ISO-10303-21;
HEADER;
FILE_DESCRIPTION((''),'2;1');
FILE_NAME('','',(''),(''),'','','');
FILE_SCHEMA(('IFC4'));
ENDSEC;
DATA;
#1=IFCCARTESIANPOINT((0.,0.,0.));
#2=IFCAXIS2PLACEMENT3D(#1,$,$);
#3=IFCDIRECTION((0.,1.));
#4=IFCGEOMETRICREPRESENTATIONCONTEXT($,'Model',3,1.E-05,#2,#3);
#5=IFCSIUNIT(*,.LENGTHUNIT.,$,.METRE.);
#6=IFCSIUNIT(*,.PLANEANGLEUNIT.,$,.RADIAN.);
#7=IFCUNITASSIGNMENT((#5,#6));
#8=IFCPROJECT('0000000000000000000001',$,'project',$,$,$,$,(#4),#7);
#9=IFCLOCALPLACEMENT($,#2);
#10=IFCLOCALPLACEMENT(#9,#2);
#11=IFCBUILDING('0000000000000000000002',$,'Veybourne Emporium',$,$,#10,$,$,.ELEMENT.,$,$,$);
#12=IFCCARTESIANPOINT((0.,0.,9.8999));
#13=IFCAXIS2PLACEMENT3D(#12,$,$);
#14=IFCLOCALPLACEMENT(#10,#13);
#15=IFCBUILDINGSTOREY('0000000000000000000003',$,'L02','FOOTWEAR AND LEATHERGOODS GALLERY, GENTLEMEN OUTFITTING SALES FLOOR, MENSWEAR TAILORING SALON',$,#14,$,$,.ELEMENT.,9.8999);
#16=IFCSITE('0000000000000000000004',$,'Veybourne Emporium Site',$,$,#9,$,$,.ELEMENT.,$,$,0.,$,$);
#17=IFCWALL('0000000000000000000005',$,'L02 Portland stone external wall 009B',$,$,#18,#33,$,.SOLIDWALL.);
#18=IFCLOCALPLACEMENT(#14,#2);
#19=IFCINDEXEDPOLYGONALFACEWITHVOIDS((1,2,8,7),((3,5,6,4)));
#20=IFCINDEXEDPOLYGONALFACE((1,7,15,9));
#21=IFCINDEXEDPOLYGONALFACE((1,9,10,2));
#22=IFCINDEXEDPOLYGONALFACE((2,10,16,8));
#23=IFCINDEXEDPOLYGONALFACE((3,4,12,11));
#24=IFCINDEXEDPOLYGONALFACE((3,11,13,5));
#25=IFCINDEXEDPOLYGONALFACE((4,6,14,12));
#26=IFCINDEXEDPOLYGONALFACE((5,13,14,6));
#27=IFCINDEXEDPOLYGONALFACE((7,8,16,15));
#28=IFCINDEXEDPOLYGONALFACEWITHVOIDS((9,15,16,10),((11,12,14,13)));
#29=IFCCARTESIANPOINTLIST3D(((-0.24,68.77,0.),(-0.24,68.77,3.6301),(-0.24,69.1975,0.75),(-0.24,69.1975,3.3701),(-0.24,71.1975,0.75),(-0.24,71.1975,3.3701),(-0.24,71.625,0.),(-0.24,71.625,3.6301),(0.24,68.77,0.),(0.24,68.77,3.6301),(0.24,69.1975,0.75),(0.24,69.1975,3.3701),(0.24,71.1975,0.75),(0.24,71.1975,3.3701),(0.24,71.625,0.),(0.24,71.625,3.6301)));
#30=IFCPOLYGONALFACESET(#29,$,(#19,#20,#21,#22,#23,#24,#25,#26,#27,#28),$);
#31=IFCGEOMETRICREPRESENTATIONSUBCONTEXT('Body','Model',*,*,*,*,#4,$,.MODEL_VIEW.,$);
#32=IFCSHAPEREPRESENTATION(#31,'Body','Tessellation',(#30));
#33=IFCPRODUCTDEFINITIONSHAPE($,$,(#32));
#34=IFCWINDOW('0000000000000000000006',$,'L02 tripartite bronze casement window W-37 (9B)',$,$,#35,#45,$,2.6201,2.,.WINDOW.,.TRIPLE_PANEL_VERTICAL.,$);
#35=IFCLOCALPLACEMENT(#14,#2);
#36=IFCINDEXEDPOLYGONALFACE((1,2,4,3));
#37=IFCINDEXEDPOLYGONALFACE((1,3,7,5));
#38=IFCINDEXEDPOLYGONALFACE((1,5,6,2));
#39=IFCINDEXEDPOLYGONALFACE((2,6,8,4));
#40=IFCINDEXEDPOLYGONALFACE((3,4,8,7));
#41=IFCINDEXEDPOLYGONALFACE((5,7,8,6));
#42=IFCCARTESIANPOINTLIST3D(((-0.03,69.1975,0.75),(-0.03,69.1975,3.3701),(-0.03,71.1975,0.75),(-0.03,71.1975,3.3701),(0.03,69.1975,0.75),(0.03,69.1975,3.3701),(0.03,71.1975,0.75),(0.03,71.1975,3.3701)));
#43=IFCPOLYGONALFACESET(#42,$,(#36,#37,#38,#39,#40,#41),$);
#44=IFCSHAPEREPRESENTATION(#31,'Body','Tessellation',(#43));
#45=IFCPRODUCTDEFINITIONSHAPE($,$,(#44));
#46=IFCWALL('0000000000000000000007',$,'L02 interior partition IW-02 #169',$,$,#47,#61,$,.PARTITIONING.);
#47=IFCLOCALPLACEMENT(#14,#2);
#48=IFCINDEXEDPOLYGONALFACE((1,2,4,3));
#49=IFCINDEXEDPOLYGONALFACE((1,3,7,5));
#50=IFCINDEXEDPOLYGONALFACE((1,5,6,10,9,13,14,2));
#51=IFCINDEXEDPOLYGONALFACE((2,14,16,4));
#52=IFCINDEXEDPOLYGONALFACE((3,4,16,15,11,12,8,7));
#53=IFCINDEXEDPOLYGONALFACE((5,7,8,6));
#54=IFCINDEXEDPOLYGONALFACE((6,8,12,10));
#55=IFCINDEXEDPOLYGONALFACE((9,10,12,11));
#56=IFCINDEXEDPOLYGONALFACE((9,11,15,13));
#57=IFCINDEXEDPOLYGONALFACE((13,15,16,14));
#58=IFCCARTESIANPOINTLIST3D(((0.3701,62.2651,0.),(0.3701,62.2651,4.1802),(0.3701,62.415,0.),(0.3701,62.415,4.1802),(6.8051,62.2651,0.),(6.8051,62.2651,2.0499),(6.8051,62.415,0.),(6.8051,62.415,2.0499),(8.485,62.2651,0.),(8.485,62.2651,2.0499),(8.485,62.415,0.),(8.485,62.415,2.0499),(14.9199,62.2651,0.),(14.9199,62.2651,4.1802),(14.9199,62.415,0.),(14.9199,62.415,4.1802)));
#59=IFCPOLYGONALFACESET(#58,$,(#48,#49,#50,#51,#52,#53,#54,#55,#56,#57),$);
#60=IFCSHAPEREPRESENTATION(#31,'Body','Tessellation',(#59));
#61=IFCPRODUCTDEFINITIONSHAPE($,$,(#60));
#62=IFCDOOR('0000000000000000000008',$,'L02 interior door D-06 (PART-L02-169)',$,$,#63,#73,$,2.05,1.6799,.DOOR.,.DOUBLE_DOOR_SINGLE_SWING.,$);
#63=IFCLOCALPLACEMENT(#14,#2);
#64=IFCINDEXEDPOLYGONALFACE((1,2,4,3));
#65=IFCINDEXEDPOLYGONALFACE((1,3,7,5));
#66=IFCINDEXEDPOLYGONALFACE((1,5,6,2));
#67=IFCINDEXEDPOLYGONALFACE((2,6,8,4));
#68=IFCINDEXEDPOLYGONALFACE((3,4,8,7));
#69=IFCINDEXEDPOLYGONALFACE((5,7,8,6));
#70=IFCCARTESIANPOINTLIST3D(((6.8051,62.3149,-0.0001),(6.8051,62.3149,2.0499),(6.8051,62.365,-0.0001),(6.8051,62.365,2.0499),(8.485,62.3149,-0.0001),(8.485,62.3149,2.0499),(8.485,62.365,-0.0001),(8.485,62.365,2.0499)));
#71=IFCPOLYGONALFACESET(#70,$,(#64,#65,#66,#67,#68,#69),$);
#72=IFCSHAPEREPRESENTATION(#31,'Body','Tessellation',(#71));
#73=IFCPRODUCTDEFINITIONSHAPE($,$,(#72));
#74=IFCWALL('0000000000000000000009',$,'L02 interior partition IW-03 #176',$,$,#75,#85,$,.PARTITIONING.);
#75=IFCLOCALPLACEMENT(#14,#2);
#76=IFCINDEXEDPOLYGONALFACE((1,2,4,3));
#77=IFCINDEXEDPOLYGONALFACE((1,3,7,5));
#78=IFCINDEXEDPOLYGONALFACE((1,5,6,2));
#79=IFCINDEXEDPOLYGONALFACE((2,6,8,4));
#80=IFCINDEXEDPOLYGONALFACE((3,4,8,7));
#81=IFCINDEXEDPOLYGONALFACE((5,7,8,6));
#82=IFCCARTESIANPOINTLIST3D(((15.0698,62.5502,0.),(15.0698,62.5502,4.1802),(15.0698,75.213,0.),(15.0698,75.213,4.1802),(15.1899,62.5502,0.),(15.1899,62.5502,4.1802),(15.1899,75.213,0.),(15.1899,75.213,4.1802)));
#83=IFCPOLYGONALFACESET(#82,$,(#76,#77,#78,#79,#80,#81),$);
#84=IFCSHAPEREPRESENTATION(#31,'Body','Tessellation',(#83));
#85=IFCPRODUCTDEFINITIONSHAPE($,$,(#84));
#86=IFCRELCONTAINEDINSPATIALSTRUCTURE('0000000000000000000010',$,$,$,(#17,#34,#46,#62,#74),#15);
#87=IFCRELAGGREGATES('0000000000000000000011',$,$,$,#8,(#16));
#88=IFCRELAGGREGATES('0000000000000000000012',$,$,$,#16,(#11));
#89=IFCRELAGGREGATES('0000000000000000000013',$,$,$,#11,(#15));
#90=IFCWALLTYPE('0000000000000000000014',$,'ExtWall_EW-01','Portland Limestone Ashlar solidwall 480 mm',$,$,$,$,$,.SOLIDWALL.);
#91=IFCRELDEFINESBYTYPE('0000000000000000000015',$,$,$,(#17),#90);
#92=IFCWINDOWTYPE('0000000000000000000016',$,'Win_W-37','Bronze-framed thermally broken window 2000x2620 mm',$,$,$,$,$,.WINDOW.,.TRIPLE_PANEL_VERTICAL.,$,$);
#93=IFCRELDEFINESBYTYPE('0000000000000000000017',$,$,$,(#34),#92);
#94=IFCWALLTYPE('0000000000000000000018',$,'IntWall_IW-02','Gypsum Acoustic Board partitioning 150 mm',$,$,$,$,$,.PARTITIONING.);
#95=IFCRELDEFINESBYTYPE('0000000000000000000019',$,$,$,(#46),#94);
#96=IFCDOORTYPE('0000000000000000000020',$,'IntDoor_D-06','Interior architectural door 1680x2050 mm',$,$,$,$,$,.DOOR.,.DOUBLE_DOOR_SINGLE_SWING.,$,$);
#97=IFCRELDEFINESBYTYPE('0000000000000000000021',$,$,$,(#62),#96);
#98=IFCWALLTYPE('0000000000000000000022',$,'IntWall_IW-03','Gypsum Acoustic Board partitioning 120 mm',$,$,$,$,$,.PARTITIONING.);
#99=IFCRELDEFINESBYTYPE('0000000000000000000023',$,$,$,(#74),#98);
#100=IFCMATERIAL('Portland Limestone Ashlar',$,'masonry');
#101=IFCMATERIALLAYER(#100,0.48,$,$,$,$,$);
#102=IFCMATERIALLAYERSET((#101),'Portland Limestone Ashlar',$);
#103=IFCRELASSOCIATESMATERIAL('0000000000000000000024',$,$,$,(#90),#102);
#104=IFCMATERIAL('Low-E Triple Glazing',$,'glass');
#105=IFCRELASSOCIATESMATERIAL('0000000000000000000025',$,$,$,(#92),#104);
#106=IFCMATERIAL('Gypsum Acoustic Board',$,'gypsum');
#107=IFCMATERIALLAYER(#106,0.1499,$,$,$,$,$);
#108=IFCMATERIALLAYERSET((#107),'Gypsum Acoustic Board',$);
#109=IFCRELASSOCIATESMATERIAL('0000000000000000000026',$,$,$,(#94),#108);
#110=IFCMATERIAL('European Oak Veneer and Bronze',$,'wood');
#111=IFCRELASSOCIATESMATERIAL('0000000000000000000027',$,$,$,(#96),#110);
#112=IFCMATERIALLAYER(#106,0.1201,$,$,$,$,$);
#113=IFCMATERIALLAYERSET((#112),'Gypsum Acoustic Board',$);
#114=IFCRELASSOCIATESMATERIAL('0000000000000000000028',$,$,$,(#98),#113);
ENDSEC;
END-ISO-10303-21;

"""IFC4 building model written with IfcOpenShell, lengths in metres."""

from ifc_helpers import new_model, si_unit, direction, frame, frame_2d, origin, place, context, subcontext, project, spatial, rectangle, extrude, material, layer, layer_set, type_object, element, fill, save


model = new_model("IFC4")

# Units and contexts
model_context = context("Model", 3, precision=1e-05, world=origin(), true_north=direction((0.0, 1.0)))
body_context = subcontext(model_context, "Body", "Model", "MODEL_VIEW")
ifc_project = project(units=[si_unit("LENGTHUNIT", "METRE"), si_unit("PLANEANGLEUNIT", "RADIAN")], contexts=[model_context])

# Site, building, storey
site_placement = place(None, origin())
site = spatial("IfcSite", under=ifc_project, at=site_placement, Name="Veybourne Emporium Site", CompositionType="ELEMENT", RefElevation=0.0)
building_placement = place(site_placement, origin())
building = spatial("IfcBuilding", under=site, at=building_placement, Name="Veybourne Emporium", CompositionType="ELEMENT")
storey_placement = place(building_placement, frame((0.0, 0.0, 9.8999)))
storey = spatial("IfcBuildingStorey", under=building, at=storey_placement, Name="L02", Description="FOOTWEAR AND LEATHERGOODS GALLERY, GENTLEMEN OUTFITTING SALES FLOOR, MENSWEAR TAILORING SALON", CompositionType="ELEMENT", Elevation=9.8999)

# Wall, opening, window
ifc_material_1 = material(Name="Portland Limestone Ashlar", Category="masonry")
ifc_layer_1 = layer(ifc_material_1, 0.48)
ifc_layer_set_1 = layer_set([ifc_layer_1], Name="Portland Limestone Ashlar")
wall_type_1 = type_object("IfcWallType", Name="ExtWall_EW-01", Description="Portland Limestone Ashlar solidwall 480 mm", PredefinedType="SOLIDWALL", material=ifc_layer_set_1)
ifc_material_2 = material(Name="Low-E Triple Glazing", Category="glass")
wall_1_placement = place(storey_placement, frame((0.0, 68.77, 0.0), z_axis=(0.0, 0.0, 1.0), x_axis=(0.0, 1.0, 0.0)))
wall_1 = element("IfcWall", 1, at=wall_1_placement, inside=storey, type_object=wall_type_1, Name="L02 Portland stone external wall 009B", PredefinedType="SOLIDWALL", context=body_context, shape_type="SweptSolid", body=[
    extrude(rectangle(XDim=2.855, YDim=0.48, at=frame_2d((1.4275, 0.0))), origin(), (0.0, 0.0, 1.0), 3.6301),
])
opening_1_placement = place(wall_1_placement, frame((0.4275, 0.0, 0.75)))
opening_1 = element("IfcOpeningElement", 2, at=opening_1_placement, cuts=wall_1, PredefinedType="OPENING", context=body_context, shape_type="SweptSolid", body=[
    extrude(rectangle(XDim=2.0, YDim=2.6201, at=frame_2d((1.0, 1.3101))), frame((0.0, 0.26, 0.0), z_axis=(0.0, -1.0, 0.0), x_axis=(1.0, 0.0, 0.0)), (0.0, 0.0, 1.0), 0.52),
])
window_type_1 = type_object("IfcWindowType", Name="Win_W-37", Description="Bronze-framed thermally broken window 2000x2620 mm", PartitioningType="TRIPLE_PANEL_VERTICAL", PredefinedType="WINDOW", material=ifc_material_2)
window_1_placement = place(opening_1_placement, origin())
window_1 = element("IfcWindow", 3, at=window_1_placement, inside=storey, type_object=window_type_1, Name="L02 tripartite bronze casement window W-37 (9B)", OverallHeight=2.6201, OverallWidth=2.0, PartitioningType="TRIPLE_PANEL_VERTICAL", PredefinedType="WINDOW", context=body_context, shape_type="SweptSolid", body=[
    extrude(rectangle(XDim=2.0, YDim=2.6201, at=frame_2d((1.0, 1.3101))), frame((0.0, 0.03, 0.0), z_axis=(0.0, -1.0, 0.0), x_axis=(1.0, 0.0, 0.0)), (0.0, 0.0, 1.0), 0.0601),
])
fill(opening_1, window_1)

# Wall, opening, door
ifc_material_3 = material(Name="Gypsum Acoustic Board", Category="gypsum")
ifc_layer_2 = layer(ifc_material_3, 0.1499)
ifc_layer_set_2 = layer_set([ifc_layer_2], Name="Gypsum Acoustic Board")
wall_type_2 = type_object("IfcWallType", Name="IntWall_IW-02", Description="Gypsum Acoustic Board partitioning 150 mm", PredefinedType="PARTITIONING", material=ifc_layer_set_2)
wall_2_placement = place(storey_placement, frame((0.3701, 62.3401, 0.0), z_axis=(0.0, 0.0, 1.0), x_axis=(1.0, 0.0, 0.0)))
wall_2 = element("IfcWall", 4, at=wall_2_placement, inside=storey, type_object=wall_type_2, Name="L02 interior partition IW-02 #169", PredefinedType="PARTITIONING", context=body_context, shape_type="SweptSolid", body=[
    extrude(rectangle(XDim=14.5498, YDim=0.1499, at=frame_2d((7.2749, 0.0))), origin(), (0.0, 0.0, 1.0), 4.1802),
])
opening_2_placement = place(wall_2_placement, frame((6.4351, 0.0, 0.0)))
opening_2 = element("IfcOpeningElement", 5, at=opening_2_placement, cuts=wall_2, PredefinedType="OPENING", context=body_context, shape_type="SweptSolid", body=[
    extrude(rectangle(XDim=1.6799, YDim=2.05, at=frame_2d((0.8398, 1.0249))), frame((0.0, 0.095, 0.0), z_axis=(0.0, -1.0, 0.0), x_axis=(1.0, 0.0, 0.0)), (0.0, 0.0, 1.0), 0.1899),
])
ifc_material_4 = material(Name="European Oak Veneer and Bronze", Category="wood")
door_type = type_object("IfcDoorType", Name="IntDoor_D-06", Description="Interior architectural door 1680x2050 mm", OperationType="DOUBLE_DOOR_SINGLE_SWING", PredefinedType="DOOR", material=ifc_material_4)
door_placement = place(opening_2_placement, origin())
door = element("IfcDoor", 6, at=door_placement, inside=storey, type_object=door_type, Name="L02 interior door D-06 (PART-L02-169)", OperationType="DOUBLE_DOOR_SINGLE_SWING", OverallHeight=2.05, OverallWidth=1.6799, PredefinedType="DOOR", context=body_context, shape_type="SweptSolid", body=[
    extrude(rectangle(XDim=1.6799, YDim=2.05, at=frame_2d((0.8398, 1.0249))), frame((0.0, 0.0249, 0.0), z_axis=(0.0, -1.0, 0.0), x_axis=(1.0, 0.0, 0.0)), (0.0, 0.0, 1.0), 0.05),
])
fill(opening_2, door)

# Wall
ifc_layer_3 = layer(ifc_material_3, 0.1201)
ifc_layer_set_3 = layer_set([ifc_layer_3], Name="Gypsum Acoustic Board")
wall_type_3 = type_object("IfcWallType", Name="IntWall_IW-03", Description="Gypsum Acoustic Board partitioning 120 mm", PredefinedType="PARTITIONING", material=ifc_layer_set_3)
wall_3_placement = place(storey_placement, frame((15.1299, 62.55, 0.0), z_axis=(0.0, 0.0, 1.0), x_axis=(0.0, 1.0, 0.0)))
element("IfcWall", 7, at=wall_3_placement, inside=storey, type_object=wall_type_3, Name="L02 interior partition IW-03 #176", PredefinedType="PARTITIONING", context=body_context, shape_type="SweptSolid", body=[
    extrude(rectangle(XDim=12.6628, YDim=0.1201, at=frame_2d((6.3315, 0.0))), origin(), (0.0, 0.0, 1.0), 4.1802),
])

save(model, "model.ifc")
